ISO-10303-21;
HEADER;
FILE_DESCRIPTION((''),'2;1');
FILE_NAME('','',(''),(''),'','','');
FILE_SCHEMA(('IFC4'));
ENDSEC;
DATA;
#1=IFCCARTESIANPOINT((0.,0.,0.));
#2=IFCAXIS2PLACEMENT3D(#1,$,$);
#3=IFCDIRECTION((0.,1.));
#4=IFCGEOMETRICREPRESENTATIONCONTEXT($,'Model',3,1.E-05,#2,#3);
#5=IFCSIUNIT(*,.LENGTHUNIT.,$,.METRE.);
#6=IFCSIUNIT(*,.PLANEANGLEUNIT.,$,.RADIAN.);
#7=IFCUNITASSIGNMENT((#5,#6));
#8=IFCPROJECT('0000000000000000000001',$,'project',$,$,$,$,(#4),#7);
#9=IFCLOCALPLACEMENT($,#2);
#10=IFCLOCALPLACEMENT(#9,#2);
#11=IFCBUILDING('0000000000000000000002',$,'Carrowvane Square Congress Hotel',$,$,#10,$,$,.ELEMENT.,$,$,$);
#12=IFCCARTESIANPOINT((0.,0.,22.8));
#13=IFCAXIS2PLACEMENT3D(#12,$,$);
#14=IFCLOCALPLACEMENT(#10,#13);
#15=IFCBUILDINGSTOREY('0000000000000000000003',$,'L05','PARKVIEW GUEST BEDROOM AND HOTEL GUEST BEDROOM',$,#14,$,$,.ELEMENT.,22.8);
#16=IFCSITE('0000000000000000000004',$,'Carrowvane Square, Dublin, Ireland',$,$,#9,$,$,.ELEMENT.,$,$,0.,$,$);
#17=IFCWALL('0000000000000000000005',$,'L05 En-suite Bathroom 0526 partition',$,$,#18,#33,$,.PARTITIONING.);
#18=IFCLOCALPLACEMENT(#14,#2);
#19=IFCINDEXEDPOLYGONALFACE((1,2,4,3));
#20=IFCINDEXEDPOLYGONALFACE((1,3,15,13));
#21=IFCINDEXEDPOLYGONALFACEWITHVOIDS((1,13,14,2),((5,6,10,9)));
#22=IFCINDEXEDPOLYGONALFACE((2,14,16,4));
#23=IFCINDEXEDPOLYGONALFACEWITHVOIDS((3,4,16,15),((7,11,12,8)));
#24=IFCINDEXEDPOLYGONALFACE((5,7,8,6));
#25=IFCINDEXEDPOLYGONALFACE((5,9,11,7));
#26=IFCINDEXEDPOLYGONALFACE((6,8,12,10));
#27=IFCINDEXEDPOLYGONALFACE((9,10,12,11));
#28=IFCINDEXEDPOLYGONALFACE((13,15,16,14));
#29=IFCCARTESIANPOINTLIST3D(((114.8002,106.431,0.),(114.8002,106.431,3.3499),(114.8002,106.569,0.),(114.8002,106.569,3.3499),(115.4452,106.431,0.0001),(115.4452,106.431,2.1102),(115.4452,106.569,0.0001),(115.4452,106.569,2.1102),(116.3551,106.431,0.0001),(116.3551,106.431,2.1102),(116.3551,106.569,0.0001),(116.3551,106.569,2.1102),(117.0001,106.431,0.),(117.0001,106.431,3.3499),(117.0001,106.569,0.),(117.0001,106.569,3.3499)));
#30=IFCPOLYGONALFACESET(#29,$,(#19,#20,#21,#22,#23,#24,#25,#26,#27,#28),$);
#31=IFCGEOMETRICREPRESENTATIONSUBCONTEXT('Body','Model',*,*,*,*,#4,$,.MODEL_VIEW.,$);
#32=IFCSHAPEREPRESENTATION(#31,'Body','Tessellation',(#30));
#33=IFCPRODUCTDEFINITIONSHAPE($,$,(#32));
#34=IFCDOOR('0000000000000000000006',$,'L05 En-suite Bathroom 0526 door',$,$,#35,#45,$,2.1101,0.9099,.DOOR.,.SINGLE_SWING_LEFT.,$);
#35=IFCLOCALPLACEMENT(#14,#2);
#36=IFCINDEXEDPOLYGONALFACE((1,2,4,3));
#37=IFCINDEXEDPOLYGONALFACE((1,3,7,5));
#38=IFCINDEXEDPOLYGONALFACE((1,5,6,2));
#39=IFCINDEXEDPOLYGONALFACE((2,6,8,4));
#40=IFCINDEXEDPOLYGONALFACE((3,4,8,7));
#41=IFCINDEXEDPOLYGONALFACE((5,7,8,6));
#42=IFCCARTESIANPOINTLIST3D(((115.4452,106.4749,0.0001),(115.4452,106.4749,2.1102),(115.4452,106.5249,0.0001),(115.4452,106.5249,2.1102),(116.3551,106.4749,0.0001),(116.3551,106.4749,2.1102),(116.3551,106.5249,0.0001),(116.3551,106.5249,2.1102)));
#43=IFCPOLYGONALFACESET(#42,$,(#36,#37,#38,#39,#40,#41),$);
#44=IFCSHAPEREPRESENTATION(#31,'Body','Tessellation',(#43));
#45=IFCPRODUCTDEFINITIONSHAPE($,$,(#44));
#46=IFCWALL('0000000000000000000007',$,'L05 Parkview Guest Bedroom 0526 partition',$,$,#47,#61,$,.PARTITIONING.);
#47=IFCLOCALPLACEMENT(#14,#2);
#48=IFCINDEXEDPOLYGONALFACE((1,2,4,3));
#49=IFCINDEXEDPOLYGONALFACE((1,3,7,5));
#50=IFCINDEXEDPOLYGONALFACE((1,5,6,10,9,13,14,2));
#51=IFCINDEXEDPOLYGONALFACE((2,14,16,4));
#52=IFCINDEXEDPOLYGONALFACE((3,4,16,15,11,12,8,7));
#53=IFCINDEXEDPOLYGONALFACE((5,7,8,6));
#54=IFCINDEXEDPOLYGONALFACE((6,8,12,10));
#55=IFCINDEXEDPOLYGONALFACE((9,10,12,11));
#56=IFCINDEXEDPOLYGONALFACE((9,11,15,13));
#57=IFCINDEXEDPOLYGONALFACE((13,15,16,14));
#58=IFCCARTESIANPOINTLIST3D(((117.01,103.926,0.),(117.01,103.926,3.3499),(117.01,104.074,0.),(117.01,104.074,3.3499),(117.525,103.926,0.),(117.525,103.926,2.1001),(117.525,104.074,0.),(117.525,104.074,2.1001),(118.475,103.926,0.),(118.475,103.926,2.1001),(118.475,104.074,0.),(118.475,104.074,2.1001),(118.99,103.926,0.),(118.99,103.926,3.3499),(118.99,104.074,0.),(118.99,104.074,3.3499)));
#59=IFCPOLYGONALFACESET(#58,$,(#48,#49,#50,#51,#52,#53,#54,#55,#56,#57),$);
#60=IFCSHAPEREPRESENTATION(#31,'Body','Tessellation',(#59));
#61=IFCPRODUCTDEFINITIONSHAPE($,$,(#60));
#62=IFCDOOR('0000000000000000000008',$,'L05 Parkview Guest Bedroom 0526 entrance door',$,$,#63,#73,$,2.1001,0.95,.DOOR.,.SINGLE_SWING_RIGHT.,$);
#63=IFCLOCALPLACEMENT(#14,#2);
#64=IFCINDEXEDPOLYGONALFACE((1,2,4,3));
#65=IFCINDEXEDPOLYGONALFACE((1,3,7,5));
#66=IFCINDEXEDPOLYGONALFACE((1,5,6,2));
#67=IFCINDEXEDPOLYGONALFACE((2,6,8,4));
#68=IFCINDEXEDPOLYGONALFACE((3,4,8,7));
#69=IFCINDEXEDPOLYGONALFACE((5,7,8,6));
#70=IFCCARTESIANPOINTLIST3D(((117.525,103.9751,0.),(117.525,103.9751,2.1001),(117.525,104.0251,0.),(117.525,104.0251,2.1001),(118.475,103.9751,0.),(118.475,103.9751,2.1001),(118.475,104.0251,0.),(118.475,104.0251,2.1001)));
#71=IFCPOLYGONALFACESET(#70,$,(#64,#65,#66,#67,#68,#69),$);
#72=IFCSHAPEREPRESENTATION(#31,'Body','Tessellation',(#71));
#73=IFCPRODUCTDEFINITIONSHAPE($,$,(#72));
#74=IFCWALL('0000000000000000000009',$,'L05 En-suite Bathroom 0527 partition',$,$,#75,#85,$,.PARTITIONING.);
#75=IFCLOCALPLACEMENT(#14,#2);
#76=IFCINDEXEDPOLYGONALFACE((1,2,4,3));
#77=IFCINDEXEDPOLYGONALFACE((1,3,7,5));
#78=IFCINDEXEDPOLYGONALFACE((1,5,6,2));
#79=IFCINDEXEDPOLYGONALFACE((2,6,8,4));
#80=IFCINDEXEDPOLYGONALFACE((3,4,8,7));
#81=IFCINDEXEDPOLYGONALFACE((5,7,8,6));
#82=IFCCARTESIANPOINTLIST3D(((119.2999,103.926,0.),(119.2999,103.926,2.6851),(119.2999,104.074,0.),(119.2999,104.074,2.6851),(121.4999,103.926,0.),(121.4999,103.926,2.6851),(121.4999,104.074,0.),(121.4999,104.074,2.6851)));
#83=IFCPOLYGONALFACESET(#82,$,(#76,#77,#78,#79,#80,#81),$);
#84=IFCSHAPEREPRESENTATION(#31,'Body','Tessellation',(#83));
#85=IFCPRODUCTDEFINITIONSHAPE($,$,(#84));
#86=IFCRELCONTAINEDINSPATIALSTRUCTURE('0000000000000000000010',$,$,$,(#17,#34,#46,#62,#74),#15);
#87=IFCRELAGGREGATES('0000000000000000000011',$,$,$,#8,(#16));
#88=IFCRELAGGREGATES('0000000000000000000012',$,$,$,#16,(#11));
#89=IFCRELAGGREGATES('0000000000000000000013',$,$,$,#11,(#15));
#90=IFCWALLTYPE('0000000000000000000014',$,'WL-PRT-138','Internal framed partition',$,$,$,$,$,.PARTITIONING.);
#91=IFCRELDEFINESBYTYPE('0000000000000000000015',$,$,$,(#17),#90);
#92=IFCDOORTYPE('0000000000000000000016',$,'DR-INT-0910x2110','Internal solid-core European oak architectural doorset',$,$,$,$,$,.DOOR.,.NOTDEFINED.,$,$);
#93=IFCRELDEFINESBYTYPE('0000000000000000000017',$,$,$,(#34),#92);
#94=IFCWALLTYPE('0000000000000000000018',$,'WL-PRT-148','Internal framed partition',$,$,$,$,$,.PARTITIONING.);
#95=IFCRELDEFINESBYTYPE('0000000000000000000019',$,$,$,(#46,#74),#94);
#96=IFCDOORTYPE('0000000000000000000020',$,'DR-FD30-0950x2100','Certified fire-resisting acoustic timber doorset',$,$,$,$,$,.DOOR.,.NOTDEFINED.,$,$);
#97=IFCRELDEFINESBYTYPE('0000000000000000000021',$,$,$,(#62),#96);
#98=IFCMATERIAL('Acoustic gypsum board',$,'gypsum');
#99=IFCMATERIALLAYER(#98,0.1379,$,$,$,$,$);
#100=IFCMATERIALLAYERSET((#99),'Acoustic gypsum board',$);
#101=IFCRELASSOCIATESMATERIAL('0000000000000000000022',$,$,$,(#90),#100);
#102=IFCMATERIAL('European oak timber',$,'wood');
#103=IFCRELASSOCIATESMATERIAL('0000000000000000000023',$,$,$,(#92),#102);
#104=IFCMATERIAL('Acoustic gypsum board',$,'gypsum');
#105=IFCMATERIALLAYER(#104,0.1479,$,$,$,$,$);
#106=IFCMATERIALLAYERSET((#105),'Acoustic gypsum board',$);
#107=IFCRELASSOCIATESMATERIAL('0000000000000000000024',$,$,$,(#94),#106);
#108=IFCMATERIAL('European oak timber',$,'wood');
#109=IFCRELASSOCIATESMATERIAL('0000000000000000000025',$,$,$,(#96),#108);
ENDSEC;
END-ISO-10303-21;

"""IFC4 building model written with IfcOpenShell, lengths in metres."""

from ifc_helpers import new_model, si_unit, direction, frame, frame_2d, origin, place, context, subcontext, project, spatial, rectangle, extrude, material, layer, layer_set, type_object, element, fill, save


model = new_model("IFC4")

# Units and contexts
model_context = context("Model", 3, precision=1e-05, world=origin(), true_north=direction((0.0, 1.0)))
body_context = subcontext(model_context, "Body", "Model", "MODEL_VIEW")
ifc_project = project(units=[si_unit("LENGTHUNIT", "METRE"), si_unit("PLANEANGLEUNIT", "RADIAN")], contexts=[model_context])

# Site, building, storey
site_placement = place(None, origin())
site = spatial("IfcSite", under=ifc_project, at=site_placement, Name="Carrowvane Square, Dublin, Ireland", CompositionType="ELEMENT", RefElevation=0.0)
building_placement = place(site_placement, origin())
building = spatial("IfcBuilding", under=site, at=building_placement, Name="Carrowvane Square Congress Hotel", CompositionType="ELEMENT")
storey_placement = place(building_placement, frame((0.0, 0.0, 22.8)))
storey = spatial("IfcBuildingStorey", under=building, at=storey_placement, Name="L05", Description="PARKVIEW GUEST BEDROOM AND HOTEL GUEST BEDROOM", CompositionType="ELEMENT", Elevation=22.8)

# Walls, openings, doors
ifc_material_1 = material(Name="Acoustic gypsum board", Category="gypsum")
ifc_layer_1 = layer(ifc_material_1, 0.1379)
ifc_layer_set_1 = layer_set([ifc_layer_1], Name="Acoustic gypsum board")
wall_type_1 = type_object("IfcWallType", Name="WL-PRT-138", Description="Internal framed partition", PredefinedType="PARTITIONING", material=ifc_layer_set_1)
wall_1_placement = place(storey_placement, frame((114.8, 106.5, 0.0), z_axis=(0.0, 0.0, 1.0), x_axis=(1.0, 0.0, 0.0)))
wall_1 = element("IfcWall", 1, at=wall_1_placement, inside=storey, type_object=wall_type_1, Name="L05 En-suite Bathroom 0526 partition", PredefinedType="PARTITIONING", context=body_context, shape_type="SweptSolid", body=[
    extrude(rectangle(XDim=2.2, YDim=0.1379, at=frame_2d((1.1001, 0.0))), origin(), (0.0, 0.0, 1.0), 3.3499),
])
opening_1_placement = place(wall_1_placement, frame((0.645, 0.0, 0.0)))
opening_1 = element("IfcOpeningElement", 2, at=opening_1_placement, cuts=wall_1, PredefinedType="OPENING", context=body_context, shape_type="SweptSolid", body=[
    extrude(rectangle(XDim=0.9099, YDim=2.1101, at=frame_2d((0.4551, 1.0552))), frame((0.0, 0.0789, 0.0), z_axis=(0.0, -1.0, 0.0), x_axis=(1.0, 0.0, 0.0)), (0.0, 0.0, 1.0), 0.158),
])
ifc_material_2 = material(Name="European oak timber", Category="wood")
door_type_1 = type_object("IfcDoorType", Name="DR-INT-0910x2110", Description="Internal solid-core European oak architectural doorset", OperationType="NOTDEFINED", PredefinedType="DOOR", material=ifc_material_2)
door_1_placement = place(opening_1_placement, origin())
door_1 = element("IfcDoor", 3, at=door_1_placement, inside=storey, type_object=door_type_1, Name="L05 En-suite Bathroom 0526 door", OperationType="SINGLE_SWING_LEFT", OverallHeight=2.1101, OverallWidth=0.9099, PredefinedType="DOOR", context=body_context, shape_type="SweptSolid", body=[
    extrude(rectangle(XDim=0.9099, YDim=2.1101, at=frame_2d((0.4551, 1.0552))), frame((0.0, 0.0249, 0.0), z_axis=(0.0, -1.0, 0.0), x_axis=(1.0, 0.0, 0.0)), (0.0, 0.0, 1.0), 0.05),
])
fill(opening_1, door_1)
ifc_material_3 = material(Name="Acoustic gypsum board", Category="gypsum")
ifc_layer_2 = layer(ifc_material_3, 0.1479)
ifc_layer_set_2 = layer_set([ifc_layer_2], Name="Acoustic gypsum board")
wall_type_2 = type_object("IfcWallType", Name="WL-PRT-148", Description="Internal framed partition", PredefinedType="PARTITIONING", material=ifc_layer_set_2)
wall_2_placement = place(storey_placement, frame((118.99, 104.0, 0.0), z_axis=(0.0, 0.0, 1.0), x_axis=(-1.0, 0.0, 0.0)))
wall_2 = element("IfcWall", 4, at=wall_2_placement, inside=storey, type_object=wall_type_2, Name="L05 Parkview Guest Bedroom 0526 partition", PredefinedType="PARTITIONING", context=body_context, shape_type="SweptSolid", body=[
    extrude(rectangle(XDim=1.98, YDim=0.1479, at=frame_2d((0.99, 0.0))), origin(), (0.0, 0.0, 1.0), 3.3499),
])
opening_2_placement = place(wall_2_placement, frame((0.5149, 0.0, 0.0)))
opening_2 = element("IfcOpeningElement", 5, at=opening_2_placement, cuts=wall_2, PredefinedType="OPENING", context=body_context, shape_type="SweptSolid", body=[
    extrude(rectangle(XDim=0.95, YDim=2.1001, at=frame_2d((0.4751, 1.05))), frame((0.0, 0.084, 0.0), z_axis=(0.0, -1.0, 0.0), x_axis=(1.0, 0.0, 0.0)), (0.0, 0.0, 1.0), 0.168),
])
ifc_material_4 = material(Name="European oak timber", Category="wood")
door_type_2 = type_object("IfcDoorType", Name="DR-FD30-0950x2100", Description="Certified fire-resisting acoustic timber doorset", OperationType="NOTDEFINED", PredefinedType="DOOR", material=ifc_material_4)
door_2_placement = place(opening_2_placement, origin())
door_2 = element("IfcDoor", 6, at=door_2_placement, inside=storey, type_object=door_type_2, Name="L05 Parkview Guest Bedroom 0526 entrance door", OperationType="SINGLE_SWING_RIGHT", OverallHeight=2.1001, OverallWidth=0.95, PredefinedType="DOOR", context=body_context, shape_type="SweptSolid", body=[
    extrude(rectangle(XDim=0.95, YDim=2.1001, at=frame_2d((0.4751, 1.05))), frame((0.0, 0.0249, 0.0), z_axis=(0.0, -1.0, 0.0), x_axis=(1.0, 0.0, 0.0)), (0.0, 0.0, 1.0), 0.05),
])
fill(opening_2, door_2)

# Wall
wall_3_placement = place(storey_placement, frame((121.5, 104.0, 0.0), z_axis=(0.0, 0.0, 1.0), x_axis=(-1.0, 0.0, 0.0)))
element("IfcWall", 7, at=wall_3_placement, inside=storey, type_object=wall_type_2, Name="L05 En-suite Bathroom 0527 partition", PredefinedType="PARTITIONING", context=body_context, shape_type="SweptSolid", body=[
    extrude(rectangle(XDim=2.2, YDim=0.1479, at=frame_2d((1.1001, 0.0))), origin(), (0.0, 0.0, 1.0), 2.6851),
])

save(model, "model.ifc")
